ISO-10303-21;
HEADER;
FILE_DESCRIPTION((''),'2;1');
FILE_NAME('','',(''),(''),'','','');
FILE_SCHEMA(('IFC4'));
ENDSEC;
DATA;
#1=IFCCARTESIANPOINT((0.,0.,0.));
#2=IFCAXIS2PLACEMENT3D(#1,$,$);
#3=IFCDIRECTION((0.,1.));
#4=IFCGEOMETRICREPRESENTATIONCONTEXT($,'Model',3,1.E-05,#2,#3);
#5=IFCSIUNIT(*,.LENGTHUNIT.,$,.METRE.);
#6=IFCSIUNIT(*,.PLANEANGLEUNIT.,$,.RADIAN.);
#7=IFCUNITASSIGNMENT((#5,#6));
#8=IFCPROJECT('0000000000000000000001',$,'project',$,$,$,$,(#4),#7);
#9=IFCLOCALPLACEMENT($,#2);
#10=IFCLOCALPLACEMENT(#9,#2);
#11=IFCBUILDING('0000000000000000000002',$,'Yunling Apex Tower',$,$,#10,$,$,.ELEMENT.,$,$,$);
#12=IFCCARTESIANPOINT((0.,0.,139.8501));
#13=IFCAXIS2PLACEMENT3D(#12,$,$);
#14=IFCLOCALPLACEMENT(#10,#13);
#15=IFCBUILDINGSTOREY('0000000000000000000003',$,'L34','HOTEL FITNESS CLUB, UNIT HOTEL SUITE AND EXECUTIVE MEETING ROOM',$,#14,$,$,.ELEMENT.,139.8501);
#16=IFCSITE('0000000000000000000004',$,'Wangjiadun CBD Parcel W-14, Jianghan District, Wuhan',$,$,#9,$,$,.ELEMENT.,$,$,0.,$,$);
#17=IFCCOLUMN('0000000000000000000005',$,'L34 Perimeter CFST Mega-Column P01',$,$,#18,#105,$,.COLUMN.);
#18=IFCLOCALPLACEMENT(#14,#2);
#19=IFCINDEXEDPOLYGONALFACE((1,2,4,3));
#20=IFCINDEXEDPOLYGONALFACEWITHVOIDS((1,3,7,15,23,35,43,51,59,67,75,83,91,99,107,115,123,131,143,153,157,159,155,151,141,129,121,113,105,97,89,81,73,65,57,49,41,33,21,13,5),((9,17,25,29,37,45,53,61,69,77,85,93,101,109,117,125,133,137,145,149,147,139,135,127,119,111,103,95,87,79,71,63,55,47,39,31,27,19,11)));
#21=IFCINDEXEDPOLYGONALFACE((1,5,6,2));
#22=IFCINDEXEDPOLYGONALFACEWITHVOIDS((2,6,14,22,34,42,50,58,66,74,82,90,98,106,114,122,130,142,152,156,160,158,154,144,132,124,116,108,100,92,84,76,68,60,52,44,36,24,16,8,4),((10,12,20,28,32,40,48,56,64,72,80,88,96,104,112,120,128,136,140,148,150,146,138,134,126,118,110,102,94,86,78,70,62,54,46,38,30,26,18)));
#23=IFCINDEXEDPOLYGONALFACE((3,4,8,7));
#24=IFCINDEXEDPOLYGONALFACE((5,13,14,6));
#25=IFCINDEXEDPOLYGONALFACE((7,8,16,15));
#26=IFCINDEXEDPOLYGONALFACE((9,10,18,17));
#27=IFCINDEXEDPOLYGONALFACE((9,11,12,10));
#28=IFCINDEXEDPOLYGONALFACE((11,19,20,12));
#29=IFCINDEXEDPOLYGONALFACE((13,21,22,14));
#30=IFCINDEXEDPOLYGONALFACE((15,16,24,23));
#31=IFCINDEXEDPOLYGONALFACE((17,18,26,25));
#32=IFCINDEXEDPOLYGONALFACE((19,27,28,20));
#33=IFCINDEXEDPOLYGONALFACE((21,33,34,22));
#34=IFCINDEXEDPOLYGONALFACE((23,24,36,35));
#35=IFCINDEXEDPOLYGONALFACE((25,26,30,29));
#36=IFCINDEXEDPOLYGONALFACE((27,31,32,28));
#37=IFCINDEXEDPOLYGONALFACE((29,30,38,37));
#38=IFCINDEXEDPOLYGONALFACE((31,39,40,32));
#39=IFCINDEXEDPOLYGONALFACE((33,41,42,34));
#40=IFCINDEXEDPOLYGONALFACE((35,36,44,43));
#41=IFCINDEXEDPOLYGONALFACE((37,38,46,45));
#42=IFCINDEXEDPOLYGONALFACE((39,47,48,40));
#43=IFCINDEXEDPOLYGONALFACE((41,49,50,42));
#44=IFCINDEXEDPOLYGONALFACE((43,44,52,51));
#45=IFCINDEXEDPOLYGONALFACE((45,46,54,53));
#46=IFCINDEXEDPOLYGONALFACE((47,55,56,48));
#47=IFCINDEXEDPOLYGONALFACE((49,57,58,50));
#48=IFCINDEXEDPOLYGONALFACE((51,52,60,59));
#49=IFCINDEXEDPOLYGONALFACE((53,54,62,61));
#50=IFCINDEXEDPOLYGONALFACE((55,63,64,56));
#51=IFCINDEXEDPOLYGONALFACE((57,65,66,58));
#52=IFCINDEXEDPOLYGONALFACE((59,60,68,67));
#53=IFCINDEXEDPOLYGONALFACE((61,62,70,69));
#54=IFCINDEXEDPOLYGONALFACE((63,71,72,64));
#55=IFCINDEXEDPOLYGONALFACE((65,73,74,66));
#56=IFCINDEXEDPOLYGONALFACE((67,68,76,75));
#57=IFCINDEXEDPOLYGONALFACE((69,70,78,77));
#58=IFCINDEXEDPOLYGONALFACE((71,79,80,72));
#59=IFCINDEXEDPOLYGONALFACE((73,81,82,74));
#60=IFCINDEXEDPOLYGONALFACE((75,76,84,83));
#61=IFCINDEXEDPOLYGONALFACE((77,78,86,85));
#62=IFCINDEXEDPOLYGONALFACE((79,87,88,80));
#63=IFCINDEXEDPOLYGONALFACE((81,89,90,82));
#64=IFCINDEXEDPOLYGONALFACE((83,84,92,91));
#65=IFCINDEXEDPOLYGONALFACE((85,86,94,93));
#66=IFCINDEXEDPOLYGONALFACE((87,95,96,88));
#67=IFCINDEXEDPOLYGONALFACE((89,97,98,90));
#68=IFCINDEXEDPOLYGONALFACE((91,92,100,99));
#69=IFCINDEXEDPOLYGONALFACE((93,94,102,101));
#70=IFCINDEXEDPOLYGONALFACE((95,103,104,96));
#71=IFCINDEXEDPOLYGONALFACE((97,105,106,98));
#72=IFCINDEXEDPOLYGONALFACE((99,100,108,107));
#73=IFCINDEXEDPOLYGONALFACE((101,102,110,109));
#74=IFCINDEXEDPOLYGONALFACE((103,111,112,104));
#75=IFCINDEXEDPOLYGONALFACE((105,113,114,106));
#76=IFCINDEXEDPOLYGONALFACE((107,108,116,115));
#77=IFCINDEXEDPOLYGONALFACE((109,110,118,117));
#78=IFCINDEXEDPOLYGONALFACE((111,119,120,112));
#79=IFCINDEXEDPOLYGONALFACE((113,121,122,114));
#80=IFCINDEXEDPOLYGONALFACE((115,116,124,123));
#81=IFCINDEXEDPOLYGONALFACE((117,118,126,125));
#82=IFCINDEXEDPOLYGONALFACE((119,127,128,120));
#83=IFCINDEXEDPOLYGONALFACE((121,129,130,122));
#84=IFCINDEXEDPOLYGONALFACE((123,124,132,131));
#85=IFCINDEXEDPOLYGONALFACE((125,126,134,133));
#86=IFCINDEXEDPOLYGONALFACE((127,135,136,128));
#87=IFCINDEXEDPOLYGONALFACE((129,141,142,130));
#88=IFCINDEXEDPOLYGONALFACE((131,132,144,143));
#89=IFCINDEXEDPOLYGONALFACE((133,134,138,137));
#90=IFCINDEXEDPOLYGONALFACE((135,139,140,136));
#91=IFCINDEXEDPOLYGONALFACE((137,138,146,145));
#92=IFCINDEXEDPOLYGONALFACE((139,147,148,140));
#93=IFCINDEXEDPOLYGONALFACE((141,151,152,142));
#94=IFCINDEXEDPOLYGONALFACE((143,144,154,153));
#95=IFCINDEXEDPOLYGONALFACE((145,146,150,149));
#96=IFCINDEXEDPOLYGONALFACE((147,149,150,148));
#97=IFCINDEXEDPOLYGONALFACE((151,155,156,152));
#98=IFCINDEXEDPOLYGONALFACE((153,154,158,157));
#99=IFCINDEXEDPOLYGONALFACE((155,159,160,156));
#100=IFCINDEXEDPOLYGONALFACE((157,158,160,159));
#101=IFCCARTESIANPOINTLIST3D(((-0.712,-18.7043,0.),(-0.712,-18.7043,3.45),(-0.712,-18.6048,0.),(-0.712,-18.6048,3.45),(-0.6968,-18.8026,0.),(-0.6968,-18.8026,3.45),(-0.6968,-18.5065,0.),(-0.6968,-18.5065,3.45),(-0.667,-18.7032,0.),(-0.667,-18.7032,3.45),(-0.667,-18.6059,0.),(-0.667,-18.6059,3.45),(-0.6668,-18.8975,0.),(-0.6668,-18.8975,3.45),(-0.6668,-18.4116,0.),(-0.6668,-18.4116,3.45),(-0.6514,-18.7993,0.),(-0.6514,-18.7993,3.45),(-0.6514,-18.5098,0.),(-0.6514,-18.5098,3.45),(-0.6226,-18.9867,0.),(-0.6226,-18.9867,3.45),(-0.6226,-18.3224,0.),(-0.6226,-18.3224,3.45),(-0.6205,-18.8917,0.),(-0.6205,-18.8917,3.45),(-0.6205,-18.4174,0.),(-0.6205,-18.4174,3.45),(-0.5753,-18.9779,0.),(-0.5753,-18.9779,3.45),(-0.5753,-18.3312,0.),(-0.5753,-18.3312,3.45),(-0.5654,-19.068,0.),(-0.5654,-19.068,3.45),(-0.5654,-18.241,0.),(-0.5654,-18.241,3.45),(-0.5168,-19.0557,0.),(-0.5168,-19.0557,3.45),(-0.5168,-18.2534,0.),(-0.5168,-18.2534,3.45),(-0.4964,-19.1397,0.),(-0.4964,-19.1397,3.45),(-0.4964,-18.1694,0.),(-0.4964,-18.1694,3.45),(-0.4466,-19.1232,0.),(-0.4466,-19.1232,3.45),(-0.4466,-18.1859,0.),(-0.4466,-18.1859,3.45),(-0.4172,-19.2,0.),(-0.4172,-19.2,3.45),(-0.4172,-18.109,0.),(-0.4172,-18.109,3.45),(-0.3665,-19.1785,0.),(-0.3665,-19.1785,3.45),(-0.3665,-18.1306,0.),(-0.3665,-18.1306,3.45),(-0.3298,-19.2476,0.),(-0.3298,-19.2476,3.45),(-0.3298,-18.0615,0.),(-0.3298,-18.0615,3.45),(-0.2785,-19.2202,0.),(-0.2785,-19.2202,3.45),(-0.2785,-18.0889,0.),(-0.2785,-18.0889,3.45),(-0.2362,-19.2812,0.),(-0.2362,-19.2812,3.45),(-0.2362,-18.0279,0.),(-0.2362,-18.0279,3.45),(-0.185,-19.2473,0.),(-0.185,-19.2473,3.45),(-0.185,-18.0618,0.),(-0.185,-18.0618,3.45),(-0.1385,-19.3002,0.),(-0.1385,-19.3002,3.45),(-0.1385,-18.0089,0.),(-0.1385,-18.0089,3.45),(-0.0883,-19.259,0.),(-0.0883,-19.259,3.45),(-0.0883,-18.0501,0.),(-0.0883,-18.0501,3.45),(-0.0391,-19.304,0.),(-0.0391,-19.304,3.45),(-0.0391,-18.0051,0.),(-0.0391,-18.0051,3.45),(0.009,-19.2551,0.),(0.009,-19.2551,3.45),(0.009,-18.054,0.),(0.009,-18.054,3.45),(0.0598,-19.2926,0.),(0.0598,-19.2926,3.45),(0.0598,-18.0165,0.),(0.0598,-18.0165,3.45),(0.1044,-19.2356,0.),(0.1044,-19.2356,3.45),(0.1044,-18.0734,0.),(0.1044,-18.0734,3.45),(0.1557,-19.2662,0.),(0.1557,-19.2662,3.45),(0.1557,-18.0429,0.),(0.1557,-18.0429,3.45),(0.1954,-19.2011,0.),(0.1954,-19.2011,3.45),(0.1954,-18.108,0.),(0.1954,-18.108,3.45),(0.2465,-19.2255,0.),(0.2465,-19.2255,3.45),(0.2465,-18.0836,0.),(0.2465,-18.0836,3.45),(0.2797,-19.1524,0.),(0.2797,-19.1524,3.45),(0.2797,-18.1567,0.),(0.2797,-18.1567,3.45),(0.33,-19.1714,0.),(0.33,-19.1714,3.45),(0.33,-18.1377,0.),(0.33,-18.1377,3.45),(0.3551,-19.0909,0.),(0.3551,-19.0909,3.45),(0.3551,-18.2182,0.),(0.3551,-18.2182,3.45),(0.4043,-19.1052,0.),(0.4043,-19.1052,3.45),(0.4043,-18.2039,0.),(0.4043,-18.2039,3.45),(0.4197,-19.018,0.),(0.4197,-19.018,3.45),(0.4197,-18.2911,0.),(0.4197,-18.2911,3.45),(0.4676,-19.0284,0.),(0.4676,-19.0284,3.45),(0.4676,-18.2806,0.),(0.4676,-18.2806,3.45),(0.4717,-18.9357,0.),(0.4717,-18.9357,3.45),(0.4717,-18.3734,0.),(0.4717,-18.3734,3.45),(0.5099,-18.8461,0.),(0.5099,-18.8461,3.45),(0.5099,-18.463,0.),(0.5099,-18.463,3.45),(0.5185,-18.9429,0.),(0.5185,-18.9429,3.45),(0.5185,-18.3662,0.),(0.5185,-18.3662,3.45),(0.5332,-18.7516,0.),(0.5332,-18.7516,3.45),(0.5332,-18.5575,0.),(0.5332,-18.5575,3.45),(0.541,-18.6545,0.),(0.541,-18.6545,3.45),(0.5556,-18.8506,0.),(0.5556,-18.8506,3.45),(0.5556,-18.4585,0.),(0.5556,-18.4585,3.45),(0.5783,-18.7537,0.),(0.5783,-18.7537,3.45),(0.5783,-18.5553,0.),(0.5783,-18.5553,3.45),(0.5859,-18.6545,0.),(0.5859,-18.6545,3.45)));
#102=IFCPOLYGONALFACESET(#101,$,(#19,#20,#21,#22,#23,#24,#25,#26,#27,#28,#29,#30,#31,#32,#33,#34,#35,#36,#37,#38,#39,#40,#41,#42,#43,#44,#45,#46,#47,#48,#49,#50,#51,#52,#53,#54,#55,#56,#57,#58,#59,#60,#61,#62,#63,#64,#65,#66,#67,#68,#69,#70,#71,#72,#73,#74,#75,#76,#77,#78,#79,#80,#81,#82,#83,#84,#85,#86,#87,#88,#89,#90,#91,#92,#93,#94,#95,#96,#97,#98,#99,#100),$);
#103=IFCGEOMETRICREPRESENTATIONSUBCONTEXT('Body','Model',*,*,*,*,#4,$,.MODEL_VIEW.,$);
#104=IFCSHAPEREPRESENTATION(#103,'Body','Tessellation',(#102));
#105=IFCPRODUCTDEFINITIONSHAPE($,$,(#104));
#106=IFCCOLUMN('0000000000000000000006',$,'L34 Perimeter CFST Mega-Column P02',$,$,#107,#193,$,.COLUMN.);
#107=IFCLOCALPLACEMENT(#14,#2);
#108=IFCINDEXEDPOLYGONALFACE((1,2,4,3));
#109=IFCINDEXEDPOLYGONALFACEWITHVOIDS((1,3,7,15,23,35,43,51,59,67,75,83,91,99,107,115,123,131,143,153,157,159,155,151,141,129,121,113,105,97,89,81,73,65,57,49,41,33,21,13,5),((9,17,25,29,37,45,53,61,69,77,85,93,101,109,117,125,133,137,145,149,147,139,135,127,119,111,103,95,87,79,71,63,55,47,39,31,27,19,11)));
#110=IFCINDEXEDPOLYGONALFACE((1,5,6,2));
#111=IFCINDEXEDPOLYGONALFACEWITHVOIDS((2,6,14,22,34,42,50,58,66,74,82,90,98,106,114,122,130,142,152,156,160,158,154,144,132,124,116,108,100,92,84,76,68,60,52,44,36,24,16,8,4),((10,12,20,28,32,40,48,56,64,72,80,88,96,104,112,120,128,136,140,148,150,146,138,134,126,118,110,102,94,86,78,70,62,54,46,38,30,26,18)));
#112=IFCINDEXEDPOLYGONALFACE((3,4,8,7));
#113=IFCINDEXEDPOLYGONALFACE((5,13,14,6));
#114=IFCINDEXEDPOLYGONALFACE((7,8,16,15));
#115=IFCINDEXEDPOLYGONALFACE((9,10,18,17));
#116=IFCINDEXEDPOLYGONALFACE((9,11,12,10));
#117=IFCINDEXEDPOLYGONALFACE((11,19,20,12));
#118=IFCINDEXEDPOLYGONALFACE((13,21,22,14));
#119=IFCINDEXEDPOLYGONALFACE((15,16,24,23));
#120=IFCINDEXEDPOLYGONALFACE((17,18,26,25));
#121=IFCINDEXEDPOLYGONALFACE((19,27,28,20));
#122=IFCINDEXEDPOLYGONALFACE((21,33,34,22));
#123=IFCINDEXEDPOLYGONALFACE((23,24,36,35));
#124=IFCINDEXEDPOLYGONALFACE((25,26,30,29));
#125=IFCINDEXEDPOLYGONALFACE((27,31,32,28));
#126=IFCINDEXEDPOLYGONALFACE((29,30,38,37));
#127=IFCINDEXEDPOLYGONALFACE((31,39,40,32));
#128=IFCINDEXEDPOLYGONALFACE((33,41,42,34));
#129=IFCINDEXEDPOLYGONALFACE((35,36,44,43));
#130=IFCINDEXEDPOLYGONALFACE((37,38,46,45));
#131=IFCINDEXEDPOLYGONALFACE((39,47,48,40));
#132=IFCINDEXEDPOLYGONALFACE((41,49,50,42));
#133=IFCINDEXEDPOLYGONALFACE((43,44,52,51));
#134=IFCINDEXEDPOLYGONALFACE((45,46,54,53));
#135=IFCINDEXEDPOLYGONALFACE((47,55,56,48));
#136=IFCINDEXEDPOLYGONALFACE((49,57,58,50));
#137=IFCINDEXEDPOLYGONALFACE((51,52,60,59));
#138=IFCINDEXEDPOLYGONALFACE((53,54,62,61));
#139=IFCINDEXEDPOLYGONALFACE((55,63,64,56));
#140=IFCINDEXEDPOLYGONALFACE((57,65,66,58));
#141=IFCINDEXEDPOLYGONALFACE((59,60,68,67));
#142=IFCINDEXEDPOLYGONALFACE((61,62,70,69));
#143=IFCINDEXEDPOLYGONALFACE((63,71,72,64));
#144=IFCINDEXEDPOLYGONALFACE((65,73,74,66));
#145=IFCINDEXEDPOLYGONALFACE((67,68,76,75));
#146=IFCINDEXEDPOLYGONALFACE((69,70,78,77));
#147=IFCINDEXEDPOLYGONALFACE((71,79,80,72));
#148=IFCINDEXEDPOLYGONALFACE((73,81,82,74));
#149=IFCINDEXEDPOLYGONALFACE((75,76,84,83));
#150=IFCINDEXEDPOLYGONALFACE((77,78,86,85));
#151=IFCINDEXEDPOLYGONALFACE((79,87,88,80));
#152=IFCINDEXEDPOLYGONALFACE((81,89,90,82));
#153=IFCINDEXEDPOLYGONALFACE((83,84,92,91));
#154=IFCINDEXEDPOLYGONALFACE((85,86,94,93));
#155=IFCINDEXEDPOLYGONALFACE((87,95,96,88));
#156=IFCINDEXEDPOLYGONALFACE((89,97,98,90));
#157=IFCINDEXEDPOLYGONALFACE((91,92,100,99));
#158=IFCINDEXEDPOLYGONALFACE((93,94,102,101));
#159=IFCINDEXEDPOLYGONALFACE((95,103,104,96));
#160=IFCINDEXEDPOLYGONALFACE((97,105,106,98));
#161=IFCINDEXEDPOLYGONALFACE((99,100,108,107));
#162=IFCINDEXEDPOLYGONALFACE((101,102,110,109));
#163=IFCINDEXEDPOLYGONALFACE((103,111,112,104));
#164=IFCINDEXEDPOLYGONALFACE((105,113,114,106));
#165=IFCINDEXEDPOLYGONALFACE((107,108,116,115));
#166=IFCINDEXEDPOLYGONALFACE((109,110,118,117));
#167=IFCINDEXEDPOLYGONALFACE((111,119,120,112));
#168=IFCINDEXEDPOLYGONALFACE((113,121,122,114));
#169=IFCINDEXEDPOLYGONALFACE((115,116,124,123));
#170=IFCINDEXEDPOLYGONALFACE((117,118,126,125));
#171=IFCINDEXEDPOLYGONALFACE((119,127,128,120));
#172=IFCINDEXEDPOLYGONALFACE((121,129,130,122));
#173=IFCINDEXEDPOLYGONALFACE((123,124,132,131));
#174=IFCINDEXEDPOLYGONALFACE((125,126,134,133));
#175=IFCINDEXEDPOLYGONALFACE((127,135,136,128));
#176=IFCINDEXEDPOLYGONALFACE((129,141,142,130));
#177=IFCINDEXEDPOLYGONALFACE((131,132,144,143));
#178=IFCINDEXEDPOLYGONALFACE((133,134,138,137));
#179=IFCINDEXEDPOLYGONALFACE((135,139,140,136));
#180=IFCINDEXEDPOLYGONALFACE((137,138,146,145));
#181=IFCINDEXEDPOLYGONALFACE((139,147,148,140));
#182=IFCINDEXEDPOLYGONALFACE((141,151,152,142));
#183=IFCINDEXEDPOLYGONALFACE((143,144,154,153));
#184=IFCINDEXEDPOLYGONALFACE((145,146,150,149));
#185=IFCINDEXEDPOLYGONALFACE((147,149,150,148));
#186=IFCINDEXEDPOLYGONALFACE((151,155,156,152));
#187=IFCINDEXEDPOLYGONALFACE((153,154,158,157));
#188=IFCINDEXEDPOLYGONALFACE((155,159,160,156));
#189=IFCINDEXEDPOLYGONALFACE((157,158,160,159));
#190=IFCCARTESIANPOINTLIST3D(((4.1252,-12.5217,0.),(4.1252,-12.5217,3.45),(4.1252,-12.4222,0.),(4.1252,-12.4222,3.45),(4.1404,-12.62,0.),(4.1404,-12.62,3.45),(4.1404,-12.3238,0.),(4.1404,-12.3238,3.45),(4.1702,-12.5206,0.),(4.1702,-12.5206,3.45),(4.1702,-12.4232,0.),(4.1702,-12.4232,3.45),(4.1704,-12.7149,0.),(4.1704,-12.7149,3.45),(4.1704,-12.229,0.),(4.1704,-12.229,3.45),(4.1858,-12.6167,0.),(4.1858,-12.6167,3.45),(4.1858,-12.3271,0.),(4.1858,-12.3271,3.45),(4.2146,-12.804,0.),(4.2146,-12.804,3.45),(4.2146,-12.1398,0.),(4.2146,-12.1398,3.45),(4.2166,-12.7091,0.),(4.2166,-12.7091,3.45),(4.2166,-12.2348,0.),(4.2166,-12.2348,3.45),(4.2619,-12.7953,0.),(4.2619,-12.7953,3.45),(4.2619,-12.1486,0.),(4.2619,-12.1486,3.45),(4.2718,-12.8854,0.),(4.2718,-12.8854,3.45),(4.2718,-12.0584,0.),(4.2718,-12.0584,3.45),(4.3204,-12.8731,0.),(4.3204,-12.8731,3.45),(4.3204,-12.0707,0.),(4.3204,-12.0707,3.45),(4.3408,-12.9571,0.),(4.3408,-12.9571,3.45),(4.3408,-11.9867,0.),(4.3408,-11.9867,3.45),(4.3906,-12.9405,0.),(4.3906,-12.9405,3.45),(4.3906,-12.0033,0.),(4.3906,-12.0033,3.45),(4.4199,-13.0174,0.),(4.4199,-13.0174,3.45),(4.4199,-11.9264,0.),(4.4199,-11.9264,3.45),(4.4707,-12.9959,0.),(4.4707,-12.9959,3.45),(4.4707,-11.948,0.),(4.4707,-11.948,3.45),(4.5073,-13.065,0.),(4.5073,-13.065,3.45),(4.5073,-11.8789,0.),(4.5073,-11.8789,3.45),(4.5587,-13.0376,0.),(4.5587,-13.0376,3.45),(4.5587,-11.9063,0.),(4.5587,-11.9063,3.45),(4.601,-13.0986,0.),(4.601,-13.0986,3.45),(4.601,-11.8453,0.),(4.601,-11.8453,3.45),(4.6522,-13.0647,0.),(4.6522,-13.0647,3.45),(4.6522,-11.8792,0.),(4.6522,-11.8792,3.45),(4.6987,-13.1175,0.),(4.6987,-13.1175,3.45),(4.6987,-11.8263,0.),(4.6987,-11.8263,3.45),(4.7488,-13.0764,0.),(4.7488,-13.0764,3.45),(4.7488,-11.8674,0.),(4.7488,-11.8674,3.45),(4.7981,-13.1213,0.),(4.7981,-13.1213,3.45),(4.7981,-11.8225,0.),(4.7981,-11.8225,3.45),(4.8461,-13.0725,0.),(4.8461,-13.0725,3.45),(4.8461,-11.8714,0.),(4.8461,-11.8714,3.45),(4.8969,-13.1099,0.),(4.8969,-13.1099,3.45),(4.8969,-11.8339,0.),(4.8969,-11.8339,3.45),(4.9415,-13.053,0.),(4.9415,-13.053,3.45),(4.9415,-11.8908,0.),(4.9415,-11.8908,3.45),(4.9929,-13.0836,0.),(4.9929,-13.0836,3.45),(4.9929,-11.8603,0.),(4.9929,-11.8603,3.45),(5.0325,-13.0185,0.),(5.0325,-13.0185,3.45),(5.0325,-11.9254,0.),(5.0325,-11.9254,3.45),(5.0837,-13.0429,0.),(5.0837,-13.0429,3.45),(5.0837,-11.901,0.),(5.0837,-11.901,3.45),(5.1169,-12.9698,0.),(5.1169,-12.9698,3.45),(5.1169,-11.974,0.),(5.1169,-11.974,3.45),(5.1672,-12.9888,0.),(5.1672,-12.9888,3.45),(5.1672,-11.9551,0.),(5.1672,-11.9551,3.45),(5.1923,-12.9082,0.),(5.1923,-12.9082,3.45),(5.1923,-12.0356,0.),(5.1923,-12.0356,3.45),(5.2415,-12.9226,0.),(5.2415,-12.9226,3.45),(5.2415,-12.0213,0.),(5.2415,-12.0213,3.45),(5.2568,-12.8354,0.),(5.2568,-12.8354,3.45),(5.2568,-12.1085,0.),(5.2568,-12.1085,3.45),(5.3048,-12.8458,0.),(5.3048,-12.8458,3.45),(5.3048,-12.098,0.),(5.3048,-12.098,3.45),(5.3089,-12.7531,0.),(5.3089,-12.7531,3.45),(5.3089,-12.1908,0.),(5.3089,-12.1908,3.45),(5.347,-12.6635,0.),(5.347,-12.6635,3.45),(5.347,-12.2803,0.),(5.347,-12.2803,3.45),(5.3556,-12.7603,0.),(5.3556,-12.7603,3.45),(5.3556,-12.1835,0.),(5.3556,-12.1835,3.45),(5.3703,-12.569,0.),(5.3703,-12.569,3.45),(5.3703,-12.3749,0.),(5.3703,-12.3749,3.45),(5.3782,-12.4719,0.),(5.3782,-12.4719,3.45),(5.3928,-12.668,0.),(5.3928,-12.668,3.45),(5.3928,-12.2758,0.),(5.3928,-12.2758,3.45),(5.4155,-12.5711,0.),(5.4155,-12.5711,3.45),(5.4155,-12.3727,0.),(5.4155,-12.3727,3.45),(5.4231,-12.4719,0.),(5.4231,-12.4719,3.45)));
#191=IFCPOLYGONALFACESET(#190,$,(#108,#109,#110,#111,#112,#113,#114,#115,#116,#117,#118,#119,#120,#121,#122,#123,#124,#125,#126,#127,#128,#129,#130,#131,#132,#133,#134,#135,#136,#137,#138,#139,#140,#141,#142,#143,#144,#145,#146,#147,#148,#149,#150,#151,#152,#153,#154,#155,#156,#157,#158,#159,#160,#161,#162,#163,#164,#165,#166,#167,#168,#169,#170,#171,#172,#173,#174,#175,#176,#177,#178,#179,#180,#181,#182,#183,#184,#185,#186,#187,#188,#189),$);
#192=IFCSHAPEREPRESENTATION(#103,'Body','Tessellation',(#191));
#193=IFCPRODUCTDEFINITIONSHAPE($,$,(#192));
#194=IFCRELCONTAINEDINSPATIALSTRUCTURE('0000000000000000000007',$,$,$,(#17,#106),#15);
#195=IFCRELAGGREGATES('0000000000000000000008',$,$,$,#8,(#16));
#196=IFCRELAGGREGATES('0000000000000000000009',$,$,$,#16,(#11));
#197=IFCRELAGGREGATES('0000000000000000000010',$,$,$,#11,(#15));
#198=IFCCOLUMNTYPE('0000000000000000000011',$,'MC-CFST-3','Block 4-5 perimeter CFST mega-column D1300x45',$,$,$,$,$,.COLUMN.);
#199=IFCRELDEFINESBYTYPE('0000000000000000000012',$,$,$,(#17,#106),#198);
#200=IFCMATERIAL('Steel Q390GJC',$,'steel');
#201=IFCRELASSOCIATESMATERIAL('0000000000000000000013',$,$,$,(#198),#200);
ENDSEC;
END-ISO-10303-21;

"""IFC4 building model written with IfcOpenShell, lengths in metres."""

from ifc_helpers import new_model, si_unit, direction, frame, origin, origin_2d, place, context, subcontext, project, spatial, hollow_circle, extrude, source, transform, mapped, material, material_profile, profile_set, type_object, element, save


model = new_model("IFC4")

# Units and contexts
model_context = context("Model", 3, precision=1e-05, world=origin(), true_north=direction((0.0, 1.0)))
body_context = subcontext(model_context, "Body", "Model", "MODEL_VIEW")
ifc_project = project(units=[si_unit("LENGTHUNIT", "METRE"), si_unit("PLANEANGLEUNIT", "RADIAN")], contexts=[model_context])

# Site, building, storey
site_placement = place(None, origin())
site = spatial("IfcSite", under=ifc_project, at=site_placement, Name="Wangjiadun CBD Parcel W-14, Jianghan District, Wuhan", CompositionType="ELEMENT", RefElevation=0.0)
building_placement = place(site_placement, origin())
building = spatial("IfcBuilding", under=site, at=building_placement, Name="Yunling Apex Tower", CompositionType="ELEMENT")
storey_placement = place(building_placement, frame((0.0, 0.0, 139.8501)))
storey = spatial("IfcBuildingStorey", under=building, at=storey_placement, Name="L34", Description="HOTEL FITNESS CLUB, UNIT HOTEL SUITE AND EXECUTIVE MEETING ROOM", CompositionType="ELEMENT", Elevation=139.8501)

# Columns
ifc_material_1 = material(Name="Steel Q390GJC", Category="steel")
ifc_material_profile_1 = material_profile(ifc_material_1, hollow_circle(Radius=0.6499, WallThickness=0.0449, at=origin_2d()))
ifc_profile_set_1 = profile_set([ifc_material_profile_1], Name="Steel Q390GJC")
column_type = type_object("IfcColumnType", Name="MC-CFST-3", Description="Block 4-5 perimeter CFST mega-column D1300x45", PredefinedType="COLUMN", material=ifc_profile_set_1)
shared_shape_1 = source(origin(), body_context, "Body", "SweptSolid", [
    extrude(hollow_circle(Radius=0.6499, WallThickness=0.0449, at=origin_2d()), origin(), (0.0, 0.0, 1.0), 3.45),
])
for number, where, z_axis, x_axis, name in (
    (1, (-0.064, -18.6545, 0.0), (0.0, 0.0, 1.0), (1.0, 0.0, 0.0), "L34 Perimeter CFST Mega-Column P01"),
    (2, (4.7732, -12.4719, 0.0), (0.0, 0.0, 1.0), (1.0, 0.0, 0.0), "L34 Perimeter CFST Mega-Column P02"),
):
    element("IfcColumn", number, at=place(storey_placement, frame(where, z_axis=z_axis, x_axis=x_axis)), inside=storey, type_object=column_type, Name=name, PredefinedType="COLUMN", context=body_context, shape_type="MappedRepresentation", body=[
        mapped(shared_shape_1, transform((0.0, 0.0, 0.0), scale=1.0)),
    ])

save(model, "model.ifc")
